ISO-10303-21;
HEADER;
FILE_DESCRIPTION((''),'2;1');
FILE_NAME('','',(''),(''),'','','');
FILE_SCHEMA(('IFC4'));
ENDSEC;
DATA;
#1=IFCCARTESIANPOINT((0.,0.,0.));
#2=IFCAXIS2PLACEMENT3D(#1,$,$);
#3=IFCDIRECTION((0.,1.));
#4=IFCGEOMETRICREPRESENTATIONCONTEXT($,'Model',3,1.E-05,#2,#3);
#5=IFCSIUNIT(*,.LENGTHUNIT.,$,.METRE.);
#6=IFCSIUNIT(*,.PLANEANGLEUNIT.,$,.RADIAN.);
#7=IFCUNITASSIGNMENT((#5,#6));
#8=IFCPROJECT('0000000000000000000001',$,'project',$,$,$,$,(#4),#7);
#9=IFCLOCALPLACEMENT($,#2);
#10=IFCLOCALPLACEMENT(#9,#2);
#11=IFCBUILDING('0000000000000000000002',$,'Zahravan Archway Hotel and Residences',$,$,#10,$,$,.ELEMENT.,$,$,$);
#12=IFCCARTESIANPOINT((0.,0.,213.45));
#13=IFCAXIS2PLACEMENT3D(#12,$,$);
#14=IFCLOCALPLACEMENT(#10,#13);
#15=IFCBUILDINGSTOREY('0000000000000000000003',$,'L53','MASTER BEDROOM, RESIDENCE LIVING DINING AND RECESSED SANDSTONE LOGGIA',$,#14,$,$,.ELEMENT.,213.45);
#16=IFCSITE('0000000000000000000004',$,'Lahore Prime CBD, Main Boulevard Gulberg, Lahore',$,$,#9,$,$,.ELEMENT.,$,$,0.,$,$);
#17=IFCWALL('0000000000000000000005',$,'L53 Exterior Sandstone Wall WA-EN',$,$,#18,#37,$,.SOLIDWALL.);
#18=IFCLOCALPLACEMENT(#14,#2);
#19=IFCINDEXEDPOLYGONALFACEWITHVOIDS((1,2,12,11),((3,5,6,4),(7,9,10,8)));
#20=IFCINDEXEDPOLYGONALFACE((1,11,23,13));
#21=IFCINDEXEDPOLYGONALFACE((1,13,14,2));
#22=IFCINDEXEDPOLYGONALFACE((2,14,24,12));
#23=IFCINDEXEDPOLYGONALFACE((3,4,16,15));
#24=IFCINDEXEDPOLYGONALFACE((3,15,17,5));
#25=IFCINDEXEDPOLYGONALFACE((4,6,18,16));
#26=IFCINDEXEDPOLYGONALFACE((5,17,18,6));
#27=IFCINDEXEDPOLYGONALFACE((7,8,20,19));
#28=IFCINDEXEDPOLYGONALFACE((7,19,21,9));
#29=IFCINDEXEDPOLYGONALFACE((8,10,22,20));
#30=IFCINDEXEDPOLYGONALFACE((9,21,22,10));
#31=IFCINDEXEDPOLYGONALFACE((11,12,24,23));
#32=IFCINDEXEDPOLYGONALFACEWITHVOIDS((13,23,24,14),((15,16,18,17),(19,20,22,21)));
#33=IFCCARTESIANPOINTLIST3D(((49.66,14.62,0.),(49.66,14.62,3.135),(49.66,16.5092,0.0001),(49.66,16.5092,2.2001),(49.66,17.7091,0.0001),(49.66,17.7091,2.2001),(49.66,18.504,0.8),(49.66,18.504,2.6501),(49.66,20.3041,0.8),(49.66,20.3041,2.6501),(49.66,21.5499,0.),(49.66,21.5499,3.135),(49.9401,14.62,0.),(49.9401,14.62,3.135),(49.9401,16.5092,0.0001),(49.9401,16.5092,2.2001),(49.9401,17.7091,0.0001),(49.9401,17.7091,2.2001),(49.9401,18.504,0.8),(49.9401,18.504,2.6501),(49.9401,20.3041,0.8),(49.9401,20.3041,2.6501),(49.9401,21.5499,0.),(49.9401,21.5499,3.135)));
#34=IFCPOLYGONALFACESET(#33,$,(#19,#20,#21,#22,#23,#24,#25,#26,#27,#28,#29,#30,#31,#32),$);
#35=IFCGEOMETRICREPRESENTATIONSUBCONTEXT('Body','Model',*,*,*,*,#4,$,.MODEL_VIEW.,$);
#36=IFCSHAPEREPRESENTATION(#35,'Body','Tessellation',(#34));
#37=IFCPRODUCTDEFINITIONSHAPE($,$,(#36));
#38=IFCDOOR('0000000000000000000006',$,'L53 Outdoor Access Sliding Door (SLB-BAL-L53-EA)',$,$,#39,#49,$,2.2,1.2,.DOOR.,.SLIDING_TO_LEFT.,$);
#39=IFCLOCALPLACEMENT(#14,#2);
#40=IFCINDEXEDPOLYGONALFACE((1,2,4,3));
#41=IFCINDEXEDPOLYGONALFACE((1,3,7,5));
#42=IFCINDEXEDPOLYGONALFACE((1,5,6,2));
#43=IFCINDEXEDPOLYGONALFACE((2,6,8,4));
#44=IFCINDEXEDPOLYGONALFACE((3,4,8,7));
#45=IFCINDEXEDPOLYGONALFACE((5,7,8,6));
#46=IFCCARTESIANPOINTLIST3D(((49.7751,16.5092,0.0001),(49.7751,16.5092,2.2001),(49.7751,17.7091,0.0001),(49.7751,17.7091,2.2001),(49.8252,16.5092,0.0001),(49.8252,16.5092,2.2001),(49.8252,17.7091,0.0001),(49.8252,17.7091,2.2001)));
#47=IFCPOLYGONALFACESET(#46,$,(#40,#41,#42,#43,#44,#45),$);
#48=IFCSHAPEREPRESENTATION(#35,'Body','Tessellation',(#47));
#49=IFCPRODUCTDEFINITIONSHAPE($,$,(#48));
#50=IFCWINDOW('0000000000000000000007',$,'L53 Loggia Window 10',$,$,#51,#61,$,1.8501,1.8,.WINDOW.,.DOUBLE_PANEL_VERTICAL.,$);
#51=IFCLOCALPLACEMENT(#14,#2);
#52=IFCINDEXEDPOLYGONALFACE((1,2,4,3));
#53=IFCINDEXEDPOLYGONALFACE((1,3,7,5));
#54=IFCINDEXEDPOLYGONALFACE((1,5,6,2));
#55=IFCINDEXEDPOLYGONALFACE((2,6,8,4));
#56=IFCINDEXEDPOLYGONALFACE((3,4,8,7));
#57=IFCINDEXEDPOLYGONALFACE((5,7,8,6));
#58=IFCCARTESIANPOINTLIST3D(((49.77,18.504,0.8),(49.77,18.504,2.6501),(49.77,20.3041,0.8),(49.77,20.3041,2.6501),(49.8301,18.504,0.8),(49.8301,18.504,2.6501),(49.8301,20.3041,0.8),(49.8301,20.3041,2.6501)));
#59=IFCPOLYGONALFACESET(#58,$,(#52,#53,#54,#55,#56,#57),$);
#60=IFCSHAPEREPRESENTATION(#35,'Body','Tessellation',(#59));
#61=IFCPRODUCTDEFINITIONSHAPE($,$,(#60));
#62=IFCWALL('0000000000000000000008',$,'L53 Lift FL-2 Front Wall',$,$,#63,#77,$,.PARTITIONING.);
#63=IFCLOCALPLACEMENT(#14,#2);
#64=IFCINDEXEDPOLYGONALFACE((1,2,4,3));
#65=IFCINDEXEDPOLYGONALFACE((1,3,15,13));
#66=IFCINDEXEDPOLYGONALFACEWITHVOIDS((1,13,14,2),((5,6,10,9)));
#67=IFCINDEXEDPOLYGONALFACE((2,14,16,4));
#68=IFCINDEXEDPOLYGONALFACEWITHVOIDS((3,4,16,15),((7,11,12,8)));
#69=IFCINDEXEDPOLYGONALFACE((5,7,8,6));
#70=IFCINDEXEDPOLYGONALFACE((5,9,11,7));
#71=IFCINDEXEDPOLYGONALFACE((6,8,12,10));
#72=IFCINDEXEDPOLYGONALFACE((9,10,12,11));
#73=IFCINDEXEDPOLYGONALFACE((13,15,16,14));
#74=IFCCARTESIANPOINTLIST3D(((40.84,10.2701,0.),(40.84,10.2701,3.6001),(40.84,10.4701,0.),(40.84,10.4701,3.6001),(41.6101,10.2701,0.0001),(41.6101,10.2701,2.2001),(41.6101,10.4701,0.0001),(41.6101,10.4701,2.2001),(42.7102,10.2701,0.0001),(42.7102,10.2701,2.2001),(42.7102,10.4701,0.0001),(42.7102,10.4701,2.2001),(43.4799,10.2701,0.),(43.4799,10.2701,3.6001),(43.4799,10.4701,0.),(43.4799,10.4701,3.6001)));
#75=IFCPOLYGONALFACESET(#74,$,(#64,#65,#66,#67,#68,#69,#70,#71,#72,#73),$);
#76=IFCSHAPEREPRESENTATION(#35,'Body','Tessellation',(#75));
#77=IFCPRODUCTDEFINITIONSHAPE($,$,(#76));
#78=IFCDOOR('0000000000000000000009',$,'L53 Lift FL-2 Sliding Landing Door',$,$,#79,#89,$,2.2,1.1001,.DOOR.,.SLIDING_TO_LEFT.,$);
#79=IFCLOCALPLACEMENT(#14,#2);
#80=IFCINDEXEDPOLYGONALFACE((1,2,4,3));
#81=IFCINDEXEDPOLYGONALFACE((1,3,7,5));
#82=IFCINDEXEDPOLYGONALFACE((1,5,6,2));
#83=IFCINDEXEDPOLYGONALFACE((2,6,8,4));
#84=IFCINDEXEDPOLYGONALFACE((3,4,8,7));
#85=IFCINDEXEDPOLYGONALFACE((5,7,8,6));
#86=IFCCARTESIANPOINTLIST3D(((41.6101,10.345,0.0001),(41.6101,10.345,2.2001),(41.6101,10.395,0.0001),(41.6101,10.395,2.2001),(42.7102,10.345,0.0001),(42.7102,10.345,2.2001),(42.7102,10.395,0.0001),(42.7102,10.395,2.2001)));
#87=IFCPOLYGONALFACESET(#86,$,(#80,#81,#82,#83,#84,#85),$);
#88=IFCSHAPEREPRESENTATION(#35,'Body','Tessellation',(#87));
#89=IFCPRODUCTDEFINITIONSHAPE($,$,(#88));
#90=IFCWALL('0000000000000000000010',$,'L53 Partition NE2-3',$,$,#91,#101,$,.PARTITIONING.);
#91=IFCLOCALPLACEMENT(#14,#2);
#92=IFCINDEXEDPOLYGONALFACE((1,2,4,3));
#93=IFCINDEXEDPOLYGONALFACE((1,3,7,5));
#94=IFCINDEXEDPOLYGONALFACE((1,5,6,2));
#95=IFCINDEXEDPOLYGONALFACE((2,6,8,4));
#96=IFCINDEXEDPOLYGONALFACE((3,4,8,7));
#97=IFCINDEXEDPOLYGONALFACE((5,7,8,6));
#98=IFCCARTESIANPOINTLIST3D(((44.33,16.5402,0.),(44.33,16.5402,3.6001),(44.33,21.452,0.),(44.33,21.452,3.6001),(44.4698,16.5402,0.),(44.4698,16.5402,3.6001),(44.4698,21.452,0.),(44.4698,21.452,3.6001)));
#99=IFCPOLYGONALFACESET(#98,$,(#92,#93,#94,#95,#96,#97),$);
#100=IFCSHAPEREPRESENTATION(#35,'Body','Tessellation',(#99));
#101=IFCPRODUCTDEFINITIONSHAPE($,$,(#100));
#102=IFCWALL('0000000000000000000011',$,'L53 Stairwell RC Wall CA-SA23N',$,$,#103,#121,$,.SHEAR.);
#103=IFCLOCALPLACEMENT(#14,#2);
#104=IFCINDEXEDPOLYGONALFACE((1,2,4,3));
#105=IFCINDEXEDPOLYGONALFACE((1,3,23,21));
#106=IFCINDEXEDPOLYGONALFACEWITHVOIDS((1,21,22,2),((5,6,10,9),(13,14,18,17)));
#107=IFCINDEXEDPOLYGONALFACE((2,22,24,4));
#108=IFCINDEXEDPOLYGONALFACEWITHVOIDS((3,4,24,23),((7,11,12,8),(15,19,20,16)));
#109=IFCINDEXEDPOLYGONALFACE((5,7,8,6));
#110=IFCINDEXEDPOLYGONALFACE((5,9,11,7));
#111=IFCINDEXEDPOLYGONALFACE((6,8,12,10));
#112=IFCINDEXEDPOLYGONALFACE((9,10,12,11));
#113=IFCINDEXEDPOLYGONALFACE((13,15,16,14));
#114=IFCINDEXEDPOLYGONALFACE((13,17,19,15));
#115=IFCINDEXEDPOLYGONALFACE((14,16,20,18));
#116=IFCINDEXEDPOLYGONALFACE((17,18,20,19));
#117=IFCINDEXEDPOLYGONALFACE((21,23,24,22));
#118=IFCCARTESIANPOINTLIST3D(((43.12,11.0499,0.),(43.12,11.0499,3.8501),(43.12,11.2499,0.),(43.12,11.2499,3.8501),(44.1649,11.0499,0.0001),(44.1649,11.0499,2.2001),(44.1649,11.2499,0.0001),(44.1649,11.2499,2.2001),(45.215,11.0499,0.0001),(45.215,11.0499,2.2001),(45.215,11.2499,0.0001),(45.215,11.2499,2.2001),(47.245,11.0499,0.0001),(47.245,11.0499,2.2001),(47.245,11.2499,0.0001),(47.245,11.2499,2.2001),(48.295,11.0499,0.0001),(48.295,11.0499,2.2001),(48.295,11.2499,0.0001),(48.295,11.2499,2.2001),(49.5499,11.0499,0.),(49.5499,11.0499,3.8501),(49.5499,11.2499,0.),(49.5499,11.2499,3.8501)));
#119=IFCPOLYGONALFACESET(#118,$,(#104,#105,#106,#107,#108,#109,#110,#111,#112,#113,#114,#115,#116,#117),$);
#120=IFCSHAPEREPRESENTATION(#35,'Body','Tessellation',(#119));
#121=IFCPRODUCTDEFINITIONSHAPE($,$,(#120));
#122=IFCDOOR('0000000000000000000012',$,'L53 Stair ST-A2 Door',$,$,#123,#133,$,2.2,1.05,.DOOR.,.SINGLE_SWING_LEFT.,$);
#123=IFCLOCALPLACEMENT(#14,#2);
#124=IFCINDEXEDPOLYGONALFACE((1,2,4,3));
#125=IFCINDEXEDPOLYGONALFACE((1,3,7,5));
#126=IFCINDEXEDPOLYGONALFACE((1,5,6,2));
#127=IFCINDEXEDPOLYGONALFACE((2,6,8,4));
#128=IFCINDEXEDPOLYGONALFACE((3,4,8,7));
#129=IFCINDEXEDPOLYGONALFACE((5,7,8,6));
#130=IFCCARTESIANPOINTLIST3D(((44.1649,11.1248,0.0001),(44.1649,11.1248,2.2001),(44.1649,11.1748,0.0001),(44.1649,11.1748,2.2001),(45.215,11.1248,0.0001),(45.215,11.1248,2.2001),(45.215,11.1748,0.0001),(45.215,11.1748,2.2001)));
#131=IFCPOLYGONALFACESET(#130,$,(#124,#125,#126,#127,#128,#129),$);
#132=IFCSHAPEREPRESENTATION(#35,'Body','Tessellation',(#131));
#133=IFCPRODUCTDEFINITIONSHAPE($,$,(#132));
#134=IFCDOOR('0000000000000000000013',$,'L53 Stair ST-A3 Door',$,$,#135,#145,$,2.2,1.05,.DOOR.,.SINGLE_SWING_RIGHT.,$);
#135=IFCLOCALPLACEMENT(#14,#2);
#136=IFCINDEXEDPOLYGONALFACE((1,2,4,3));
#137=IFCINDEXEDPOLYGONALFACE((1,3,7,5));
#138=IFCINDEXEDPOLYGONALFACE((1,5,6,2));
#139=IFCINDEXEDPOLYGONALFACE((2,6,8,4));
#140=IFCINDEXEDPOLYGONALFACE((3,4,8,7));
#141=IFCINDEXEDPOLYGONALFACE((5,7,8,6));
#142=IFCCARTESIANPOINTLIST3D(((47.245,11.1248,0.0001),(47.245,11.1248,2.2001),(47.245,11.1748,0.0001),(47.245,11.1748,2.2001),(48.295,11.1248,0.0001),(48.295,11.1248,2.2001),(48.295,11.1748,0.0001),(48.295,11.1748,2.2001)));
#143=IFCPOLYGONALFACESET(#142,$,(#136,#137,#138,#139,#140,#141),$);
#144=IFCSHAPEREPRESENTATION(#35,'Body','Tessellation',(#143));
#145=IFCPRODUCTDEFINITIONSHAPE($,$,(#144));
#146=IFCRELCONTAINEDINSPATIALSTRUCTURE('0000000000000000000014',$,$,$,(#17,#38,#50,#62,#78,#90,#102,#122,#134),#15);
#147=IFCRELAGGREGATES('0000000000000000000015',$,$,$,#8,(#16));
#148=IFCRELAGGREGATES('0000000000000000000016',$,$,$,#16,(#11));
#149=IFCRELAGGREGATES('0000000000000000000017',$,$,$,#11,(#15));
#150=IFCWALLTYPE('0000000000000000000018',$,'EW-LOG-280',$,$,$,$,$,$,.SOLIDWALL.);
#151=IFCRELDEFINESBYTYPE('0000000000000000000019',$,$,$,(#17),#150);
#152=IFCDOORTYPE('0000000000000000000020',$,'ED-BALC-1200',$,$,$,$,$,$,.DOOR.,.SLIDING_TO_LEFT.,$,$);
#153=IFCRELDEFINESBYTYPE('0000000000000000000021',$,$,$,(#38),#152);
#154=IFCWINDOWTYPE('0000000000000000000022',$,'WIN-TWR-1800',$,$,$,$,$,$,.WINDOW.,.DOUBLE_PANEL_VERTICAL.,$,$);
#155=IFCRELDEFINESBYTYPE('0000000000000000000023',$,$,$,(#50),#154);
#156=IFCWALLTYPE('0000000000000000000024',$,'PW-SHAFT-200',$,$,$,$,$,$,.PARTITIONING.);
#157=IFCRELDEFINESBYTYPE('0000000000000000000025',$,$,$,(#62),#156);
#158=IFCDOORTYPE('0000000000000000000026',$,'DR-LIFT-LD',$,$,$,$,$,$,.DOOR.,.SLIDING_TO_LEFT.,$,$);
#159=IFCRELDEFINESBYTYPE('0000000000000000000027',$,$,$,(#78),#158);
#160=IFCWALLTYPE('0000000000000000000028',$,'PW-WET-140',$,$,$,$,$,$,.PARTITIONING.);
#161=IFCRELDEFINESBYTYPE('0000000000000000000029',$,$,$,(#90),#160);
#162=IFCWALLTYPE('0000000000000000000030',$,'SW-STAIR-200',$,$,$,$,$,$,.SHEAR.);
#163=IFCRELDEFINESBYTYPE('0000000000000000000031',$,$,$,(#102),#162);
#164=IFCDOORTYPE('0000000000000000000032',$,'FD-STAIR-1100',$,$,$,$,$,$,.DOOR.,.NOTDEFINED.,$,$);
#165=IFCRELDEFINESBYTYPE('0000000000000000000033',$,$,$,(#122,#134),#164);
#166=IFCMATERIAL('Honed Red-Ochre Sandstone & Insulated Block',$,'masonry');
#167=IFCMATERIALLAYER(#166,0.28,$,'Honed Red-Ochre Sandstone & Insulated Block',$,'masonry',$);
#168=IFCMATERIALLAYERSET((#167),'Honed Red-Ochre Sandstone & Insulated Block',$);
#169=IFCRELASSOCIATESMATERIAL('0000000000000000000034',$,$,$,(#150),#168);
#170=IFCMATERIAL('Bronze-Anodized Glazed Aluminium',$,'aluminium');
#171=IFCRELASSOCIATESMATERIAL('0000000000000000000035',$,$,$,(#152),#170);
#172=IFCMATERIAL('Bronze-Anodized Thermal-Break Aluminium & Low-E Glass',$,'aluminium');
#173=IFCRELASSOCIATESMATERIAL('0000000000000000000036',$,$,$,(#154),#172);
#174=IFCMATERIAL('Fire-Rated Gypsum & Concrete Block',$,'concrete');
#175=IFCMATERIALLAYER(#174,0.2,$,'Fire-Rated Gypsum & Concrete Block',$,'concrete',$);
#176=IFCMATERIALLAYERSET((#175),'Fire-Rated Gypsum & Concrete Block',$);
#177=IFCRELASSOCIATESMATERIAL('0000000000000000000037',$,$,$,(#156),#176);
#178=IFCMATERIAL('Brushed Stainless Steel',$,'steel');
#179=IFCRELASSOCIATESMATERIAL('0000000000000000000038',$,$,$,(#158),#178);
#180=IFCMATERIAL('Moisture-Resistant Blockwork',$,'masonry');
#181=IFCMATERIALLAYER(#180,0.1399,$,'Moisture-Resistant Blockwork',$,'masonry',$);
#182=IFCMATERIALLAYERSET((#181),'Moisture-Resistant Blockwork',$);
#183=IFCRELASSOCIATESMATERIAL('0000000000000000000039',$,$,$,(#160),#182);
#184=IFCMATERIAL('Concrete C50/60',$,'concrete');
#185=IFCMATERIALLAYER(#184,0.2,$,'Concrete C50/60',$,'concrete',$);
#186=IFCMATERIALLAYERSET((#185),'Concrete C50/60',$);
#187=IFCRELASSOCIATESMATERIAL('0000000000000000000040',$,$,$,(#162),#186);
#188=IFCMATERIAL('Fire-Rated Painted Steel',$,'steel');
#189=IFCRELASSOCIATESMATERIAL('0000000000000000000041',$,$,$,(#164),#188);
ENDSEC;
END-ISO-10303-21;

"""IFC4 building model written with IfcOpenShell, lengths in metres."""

from ifc_helpers import new_model, si_unit, direction, frame, frame_2d, origin, place, context, subcontext, project, spatial, rectangle, extrude, source, transform, mapped, material, layer, layer_set, type_object, type_shapes, element, fill, save


model = new_model("IFC4")

# Units and contexts
model_context = context("Model", 3, precision=1e-05, world=origin(), true_north=direction((0.0, 1.0)))
body_context = subcontext(model_context, "Body", "Model", "MODEL_VIEW")
ifc_project = project(units=[si_unit("LENGTHUNIT", "METRE"), si_unit("PLANEANGLEUNIT", "RADIAN")], contexts=[model_context])

# Site, building, storey
site_placement = place(None, origin())
site = spatial("IfcSite", under=ifc_project, at=site_placement, Name="Lahore Prime CBD, Main Boulevard Gulberg, Lahore", CompositionType="ELEMENT", RefElevation=0.0)
building_placement = place(site_placement, origin())
building = spatial("IfcBuilding", under=site, at=building_placement, Name="Zahravan Archway Hotel and Residences", CompositionType="ELEMENT")
storey_placement = place(building_placement, frame((0.0, 0.0, 213.45)))
storey = spatial("IfcBuildingStorey", under=building, at=storey_placement, Name="L53", Description="MASTER BEDROOM, RESIDENCE LIVING DINING AND RECESSED SANDSTONE LOGGIA", CompositionType="ELEMENT", Elevation=213.45)

# Wall, openings, door, window
ifc_material_1 = material(Name="Honed Red-Ochre Sandstone & Insulated Block", Category="masonry")
ifc_layer_1 = layer(ifc_material_1, 0.28, Name="Honed Red-Ochre Sandstone & Insulated Block", Category="masonry")
ifc_layer_set_1 = layer_set([ifc_layer_1], Name="Honed Red-Ochre Sandstone & Insulated Block")
wall_type_1 = type_object("IfcWallType", Name="EW-LOG-280", PredefinedType="SOLIDWALL", material=ifc_layer_set_1)
wall_1_placement = place(storey_placement, frame((49.8, 14.6201, 0.0), z_axis=(0.0, 0.0, 1.0), x_axis=(0.0, 1.0, 0.0)))
wall_1 = element("IfcWall", 1, at=wall_1_placement, inside=storey, type_object=wall_type_1, Name="L53 Exterior Sandstone Wall WA-EN", PredefinedType="SOLIDWALL", context=body_context, shape_type="SweptSolid", body=[
    extrude(rectangle(XDim=6.9299, YDim=0.28, at=frame_2d((3.4648, 0.0))), origin(), (0.0, 0.0, 1.0), 3.135),
])
opening_1_placement = place(wall_1_placement, frame((1.8889, 0.0, 0.0)))
opening_1 = element("IfcOpeningElement", 2, at=opening_1_placement, cuts=wall_1, PredefinedType="OPENING", context=body_context, shape_type="SweptSolid", body=[
    extrude(rectangle(XDim=1.2, YDim=2.2, at=frame_2d((0.6001, 1.1001))), frame((0.0, 0.1499, 0.0), z_axis=(0.0, -1.0, 0.0), x_axis=(1.0, 0.0, 0.0)), (0.0, 0.0, 1.0), 0.3),
])
opening_2_placement = place(wall_1_placement, frame((3.884, 0.0, 0.8)))
opening_2 = element("IfcOpeningElement", 3, at=opening_2_placement, cuts=wall_1, PredefinedType="OPENING", context=body_context, shape_type="SweptSolid", body=[
    extrude(rectangle(XDim=1.8, YDim=1.8501, at=frame_2d((0.8999, 0.925))), frame((0.0, 0.1499, 0.0), z_axis=(0.0, -1.0, 0.0), x_axis=(1.0, 0.0, 0.0)), (0.0, 0.0, 1.0), 0.3),
])
ifc_material_2 = material(Name="Bronze-Anodized Glazed Aluminium", Category="aluminium")
door_type_1 = type_object("IfcDoorType", Name="ED-BALC-1200", OperationType="SLIDING_TO_LEFT", PredefinedType="DOOR", material=ifc_material_2)
shared_shape_1 = source(origin(), body_context, "Body", "SweptSolid", [
    extrude(rectangle(XDim=1.2, YDim=2.2, at=frame_2d((0.6001, 1.1001))), frame((0.0, 0.0249, 0.0), z_axis=(0.0, -1.0, 0.0), x_axis=(1.0, 0.0, 0.0)), (0.0, 0.0, 1.0), 0.05),
])
type_shapes(door_type_1, [shared_shape_1])
door_1_placement = place(opening_1_placement, origin())
door_1 = element("IfcDoor", 4, at=door_1_placement, inside=storey, type_object=door_type_1, Name="L53 Outdoor Access Sliding Door (SLB-BAL-L53-EA)", OperationType="SLIDING_TO_LEFT", OverallHeight=2.2, OverallWidth=1.2, PredefinedType="DOOR", context=body_context, shape_type="MappedRepresentation", body=[
    mapped(shared_shape_1, transform((0.0, 0.0, 0.0), scale=1.0)),
])
fill(opening_1, door_1)
ifc_material_3 = material(Name="Bronze-Anodized Thermal-Break Aluminium & Low-E Glass", Category="aluminium")
window_type = type_object("IfcWindowType", Name="WIN-TWR-1800", PartitioningType="DOUBLE_PANEL_VERTICAL", PredefinedType="WINDOW", material=ifc_material_3)
shared_shape_2 = source(origin(), body_context, "Body", "SweptSolid", [
    extrude(rectangle(XDim=1.8, YDim=1.8501, at=frame_2d((0.8999, 0.925))), frame((0.0, 0.03, 0.0), z_axis=(0.0, -1.0, 0.0), x_axis=(1.0, 0.0, 0.0)), (0.0, 0.0, 1.0), 0.0601),
])
type_shapes(window_type, [shared_shape_2])
window_placement = place(opening_2_placement, origin())
window = element("IfcWindow", 5, at=window_placement, inside=storey, type_object=window_type, Name="L53 Loggia Window 10", OverallHeight=1.8501, OverallWidth=1.8, PartitioningType="DOUBLE_PANEL_VERTICAL", PredefinedType="WINDOW", context=body_context, shape_type="MappedRepresentation", body=[
    mapped(shared_shape_2, transform((0.0, 0.0, 0.0), scale=1.0)),
])
fill(opening_2, window)

# Wall, opening, door
ifc_material_4 = material(Name="Fire-Rated Gypsum & Concrete Block", Category="concrete")
ifc_material_5 = material(Name="Fire-Rated Painted Steel", Category="steel")
ifc_layer_2 = layer(ifc_material_4, 0.2, Name="Fire-Rated Gypsum & Concrete Block", Category="concrete")
ifc_layer_set_2 = layer_set([ifc_layer_2], Name="Fire-Rated Gypsum & Concrete Block")
wall_type_2 = type_object("IfcWallType", Name="PW-SHAFT-200", PredefinedType="PARTITIONING", material=ifc_layer_set_2)
wall_2_placement = place(storey_placement, frame((40.8401, 10.3701, 0.0), z_axis=(0.0, 0.0, 1.0), x_axis=(1.0, 0.0, 0.0)))
wall_2 = element("IfcWall", 6, at=wall_2_placement, inside=storey, type_object=wall_type_2, Name="L53 Lift FL-2 Front Wall", PredefinedType="PARTITIONING", context=body_context, shape_type="SweptSolid", body=[
    extrude(rectangle(XDim=2.6399, YDim=0.2, at=frame_2d((1.3198, 0.0))), origin(), (0.0, 0.0, 1.0), 3.6001),
])
opening_3_placement = place(wall_2_placement, frame((0.77, 0.0, 0.0)))
opening_3 = element("IfcOpeningElement", 7, at=opening_3_placement, cuts=wall_2, PredefinedType="OPENING", context=body_context, shape_type="SweptSolid", body=[
    extrude(rectangle(XDim=1.1001, YDim=2.2, at=frame_2d((0.55, 1.1001))), frame((0.0, 0.1099, 0.0), z_axis=(0.0, -1.0, 0.0), x_axis=(1.0, 0.0, 0.0)), (0.0, 0.0, 1.0), 0.22),
])
ifc_material_6 = material(Name="Brushed Stainless Steel", Category="steel")
door_type_2 = type_object("IfcDoorType", Name="DR-LIFT-LD", OperationType="SLIDING_TO_LEFT", PredefinedType="DOOR", material=ifc_material_6)
shared_shape_3 = source(origin(), body_context, "Body", "SweptSolid", [
    extrude(rectangle(XDim=1.1001, YDim=2.2, at=frame_2d((0.55, 1.1001))), frame((0.0, 0.0249, 0.0), z_axis=(0.0, -1.0, 0.0), x_axis=(1.0, 0.0, 0.0)), (0.0, 0.0, 1.0), 0.05),
])
type_shapes(door_type_2, [shared_shape_3])
door_2_placement = place(opening_3_placement, origin())
door_2 = element("IfcDoor", 8, at=door_2_placement, inside=storey, type_object=door_type_2, Name="L53 Lift FL-2 Sliding Landing Door", OperationType="SLIDING_TO_LEFT", OverallHeight=2.2, OverallWidth=1.1001, PredefinedType="DOOR", context=body_context, shape_type="MappedRepresentation", body=[
    mapped(shared_shape_3, transform((0.0, 0.0, 0.0), scale=1.0)),
])
fill(opening_3, door_2)

# Wall
ifc_material_7 = material(Name="Moisture-Resistant Blockwork", Category="masonry")
ifc_layer_3 = layer(ifc_material_7, 0.1399, Name="Moisture-Resistant Blockwork", Category="masonry")
ifc_layer_set_3 = layer_set([ifc_layer_3], Name="Moisture-Resistant Blockwork")
wall_type_3 = type_object("IfcWallType", Name="PW-WET-140", PredefinedType="PARTITIONING", material=ifc_layer_set_3)
wall_3_placement = place(storey_placement, frame((44.3999, 16.54, 0.0), z_axis=(0.0, 0.0, 1.0), x_axis=(0.0, 1.0, 0.0)))
element("IfcWall", 9, at=wall_3_placement, inside=storey, type_object=wall_type_3, Name="L53 Partition NE2-3", PredefinedType="PARTITIONING", context=body_context, shape_type="SweptSolid", body=[
    extrude(rectangle(XDim=4.9119, YDim=0.1399, at=frame_2d((2.4561, 0.0))), origin(), (0.0, 0.0, 1.0), 3.6001),
])

# Wall, openings, doors
ifc_material_8 = material(Name="Concrete C50/60", Category="concrete")
ifc_layer_4 = layer(ifc_material_8, 0.2, Name="Concrete C50/60", Category="concrete")
ifc_layer_set_4 = layer_set([ifc_layer_4], Name="Concrete C50/60")
wall_type_4 = type_object("IfcWallType", Name="SW-STAIR-200", PredefinedType="SHEAR", material=ifc_layer_set_4)
wall_4_placement = place(storey_placement, frame((43.1201, 11.1499, 0.0), z_axis=(0.0, 0.0, 1.0), x_axis=(1.0, 0.0, 0.0)))
wall_4 = element("IfcWall", 10, at=wall_4_placement, inside=storey, type_object=wall_type_4, Name="L53 Stairwell RC Wall CA-SA23N", PredefinedType="SHEAR", context=body_context, shape_type="SweptSolid", body=[
    extrude(rectangle(XDim=6.4299, YDim=0.2, at=frame_2d((3.2148, 0.0))), origin(), (0.0, 0.0, 1.0), 3.8501),
])
opening_4_placement = place(wall_4_placement, frame((1.0449, 0.0, 0.0)))
opening_4 = element("IfcOpeningElement", 11, at=opening_4_placement, cuts=wall_4, PredefinedType="OPENING", context=body_context, shape_type="SweptSolid", body=[
    extrude(rectangle(XDim=1.05, YDim=2.2, at=frame_2d((0.5249, 1.1001))), frame((0.0, 0.1099, 0.0), z_axis=(0.0, -1.0, 0.0), x_axis=(1.0, 0.0, 0.0)), (0.0, 0.0, 1.0), 0.22),
])
opening_5_placement = place(wall_4_placement, frame((4.125, 0.0, 0.0)))
opening_5 = element("IfcOpeningElement", 12, at=opening_5_placement, cuts=wall_4, PredefinedType="OPENING", context=body_context, shape_type="SweptSolid", body=[
    extrude(rectangle(XDim=1.05, YDim=2.2, at=frame_2d((0.5249, 1.1001))), frame((0.0, 0.1099, 0.0), z_axis=(0.0, -1.0, 0.0), x_axis=(1.0, 0.0, 0.0)), (0.0, 0.0, 1.0), 0.22),
])
door_type_3 = type_object("IfcDoorType", Name="FD-STAIR-1100", OperationType="NOTDEFINED", PredefinedType="DOOR", material=ifc_material_5)
shared_shape_4 = source(origin(), body_context, "Body", "SweptSolid", [
    extrude(rectangle(XDim=1.05, YDim=2.2, at=frame_2d((0.5249, 1.1001))), frame((0.0, 0.0249, 0.0), z_axis=(0.0, -1.0, 0.0), x_axis=(1.0, 0.0, 0.0)), (0.0, 0.0, 1.0), 0.05),
])
type_shapes(door_type_3, [shared_shape_4])
door_3_placement = place(opening_4_placement, origin())
door_3 = element("IfcDoor", 13, at=door_3_placement, inside=storey, type_object=door_type_3, Name="L53 Stair ST-A2 Door", OperationType="SINGLE_SWING_LEFT", OverallHeight=2.2, OverallWidth=1.05, PredefinedType="DOOR", context=body_context, shape_type="MappedRepresentation", body=[
    mapped(shared_shape_4, transform((0.0, 0.0, 0.0), scale=1.0)),
])
fill(opening_4, door_3)
door_4_placement = place(opening_5_placement, origin())
door_4 = element("IfcDoor", 14, at=door_4_placement, inside=storey, type_object=door_type_3, Name="L53 Stair ST-A3 Door", OperationType="SINGLE_SWING_RIGHT", OverallHeight=2.2, OverallWidth=1.05, PredefinedType="DOOR", context=body_context, shape_type="MappedRepresentation", body=[
    mapped(shared_shape_4, transform((0.0, 0.0, 0.0), scale=1.0)),
])
fill(opening_5, door_4)

save(model, "model.ifc")
